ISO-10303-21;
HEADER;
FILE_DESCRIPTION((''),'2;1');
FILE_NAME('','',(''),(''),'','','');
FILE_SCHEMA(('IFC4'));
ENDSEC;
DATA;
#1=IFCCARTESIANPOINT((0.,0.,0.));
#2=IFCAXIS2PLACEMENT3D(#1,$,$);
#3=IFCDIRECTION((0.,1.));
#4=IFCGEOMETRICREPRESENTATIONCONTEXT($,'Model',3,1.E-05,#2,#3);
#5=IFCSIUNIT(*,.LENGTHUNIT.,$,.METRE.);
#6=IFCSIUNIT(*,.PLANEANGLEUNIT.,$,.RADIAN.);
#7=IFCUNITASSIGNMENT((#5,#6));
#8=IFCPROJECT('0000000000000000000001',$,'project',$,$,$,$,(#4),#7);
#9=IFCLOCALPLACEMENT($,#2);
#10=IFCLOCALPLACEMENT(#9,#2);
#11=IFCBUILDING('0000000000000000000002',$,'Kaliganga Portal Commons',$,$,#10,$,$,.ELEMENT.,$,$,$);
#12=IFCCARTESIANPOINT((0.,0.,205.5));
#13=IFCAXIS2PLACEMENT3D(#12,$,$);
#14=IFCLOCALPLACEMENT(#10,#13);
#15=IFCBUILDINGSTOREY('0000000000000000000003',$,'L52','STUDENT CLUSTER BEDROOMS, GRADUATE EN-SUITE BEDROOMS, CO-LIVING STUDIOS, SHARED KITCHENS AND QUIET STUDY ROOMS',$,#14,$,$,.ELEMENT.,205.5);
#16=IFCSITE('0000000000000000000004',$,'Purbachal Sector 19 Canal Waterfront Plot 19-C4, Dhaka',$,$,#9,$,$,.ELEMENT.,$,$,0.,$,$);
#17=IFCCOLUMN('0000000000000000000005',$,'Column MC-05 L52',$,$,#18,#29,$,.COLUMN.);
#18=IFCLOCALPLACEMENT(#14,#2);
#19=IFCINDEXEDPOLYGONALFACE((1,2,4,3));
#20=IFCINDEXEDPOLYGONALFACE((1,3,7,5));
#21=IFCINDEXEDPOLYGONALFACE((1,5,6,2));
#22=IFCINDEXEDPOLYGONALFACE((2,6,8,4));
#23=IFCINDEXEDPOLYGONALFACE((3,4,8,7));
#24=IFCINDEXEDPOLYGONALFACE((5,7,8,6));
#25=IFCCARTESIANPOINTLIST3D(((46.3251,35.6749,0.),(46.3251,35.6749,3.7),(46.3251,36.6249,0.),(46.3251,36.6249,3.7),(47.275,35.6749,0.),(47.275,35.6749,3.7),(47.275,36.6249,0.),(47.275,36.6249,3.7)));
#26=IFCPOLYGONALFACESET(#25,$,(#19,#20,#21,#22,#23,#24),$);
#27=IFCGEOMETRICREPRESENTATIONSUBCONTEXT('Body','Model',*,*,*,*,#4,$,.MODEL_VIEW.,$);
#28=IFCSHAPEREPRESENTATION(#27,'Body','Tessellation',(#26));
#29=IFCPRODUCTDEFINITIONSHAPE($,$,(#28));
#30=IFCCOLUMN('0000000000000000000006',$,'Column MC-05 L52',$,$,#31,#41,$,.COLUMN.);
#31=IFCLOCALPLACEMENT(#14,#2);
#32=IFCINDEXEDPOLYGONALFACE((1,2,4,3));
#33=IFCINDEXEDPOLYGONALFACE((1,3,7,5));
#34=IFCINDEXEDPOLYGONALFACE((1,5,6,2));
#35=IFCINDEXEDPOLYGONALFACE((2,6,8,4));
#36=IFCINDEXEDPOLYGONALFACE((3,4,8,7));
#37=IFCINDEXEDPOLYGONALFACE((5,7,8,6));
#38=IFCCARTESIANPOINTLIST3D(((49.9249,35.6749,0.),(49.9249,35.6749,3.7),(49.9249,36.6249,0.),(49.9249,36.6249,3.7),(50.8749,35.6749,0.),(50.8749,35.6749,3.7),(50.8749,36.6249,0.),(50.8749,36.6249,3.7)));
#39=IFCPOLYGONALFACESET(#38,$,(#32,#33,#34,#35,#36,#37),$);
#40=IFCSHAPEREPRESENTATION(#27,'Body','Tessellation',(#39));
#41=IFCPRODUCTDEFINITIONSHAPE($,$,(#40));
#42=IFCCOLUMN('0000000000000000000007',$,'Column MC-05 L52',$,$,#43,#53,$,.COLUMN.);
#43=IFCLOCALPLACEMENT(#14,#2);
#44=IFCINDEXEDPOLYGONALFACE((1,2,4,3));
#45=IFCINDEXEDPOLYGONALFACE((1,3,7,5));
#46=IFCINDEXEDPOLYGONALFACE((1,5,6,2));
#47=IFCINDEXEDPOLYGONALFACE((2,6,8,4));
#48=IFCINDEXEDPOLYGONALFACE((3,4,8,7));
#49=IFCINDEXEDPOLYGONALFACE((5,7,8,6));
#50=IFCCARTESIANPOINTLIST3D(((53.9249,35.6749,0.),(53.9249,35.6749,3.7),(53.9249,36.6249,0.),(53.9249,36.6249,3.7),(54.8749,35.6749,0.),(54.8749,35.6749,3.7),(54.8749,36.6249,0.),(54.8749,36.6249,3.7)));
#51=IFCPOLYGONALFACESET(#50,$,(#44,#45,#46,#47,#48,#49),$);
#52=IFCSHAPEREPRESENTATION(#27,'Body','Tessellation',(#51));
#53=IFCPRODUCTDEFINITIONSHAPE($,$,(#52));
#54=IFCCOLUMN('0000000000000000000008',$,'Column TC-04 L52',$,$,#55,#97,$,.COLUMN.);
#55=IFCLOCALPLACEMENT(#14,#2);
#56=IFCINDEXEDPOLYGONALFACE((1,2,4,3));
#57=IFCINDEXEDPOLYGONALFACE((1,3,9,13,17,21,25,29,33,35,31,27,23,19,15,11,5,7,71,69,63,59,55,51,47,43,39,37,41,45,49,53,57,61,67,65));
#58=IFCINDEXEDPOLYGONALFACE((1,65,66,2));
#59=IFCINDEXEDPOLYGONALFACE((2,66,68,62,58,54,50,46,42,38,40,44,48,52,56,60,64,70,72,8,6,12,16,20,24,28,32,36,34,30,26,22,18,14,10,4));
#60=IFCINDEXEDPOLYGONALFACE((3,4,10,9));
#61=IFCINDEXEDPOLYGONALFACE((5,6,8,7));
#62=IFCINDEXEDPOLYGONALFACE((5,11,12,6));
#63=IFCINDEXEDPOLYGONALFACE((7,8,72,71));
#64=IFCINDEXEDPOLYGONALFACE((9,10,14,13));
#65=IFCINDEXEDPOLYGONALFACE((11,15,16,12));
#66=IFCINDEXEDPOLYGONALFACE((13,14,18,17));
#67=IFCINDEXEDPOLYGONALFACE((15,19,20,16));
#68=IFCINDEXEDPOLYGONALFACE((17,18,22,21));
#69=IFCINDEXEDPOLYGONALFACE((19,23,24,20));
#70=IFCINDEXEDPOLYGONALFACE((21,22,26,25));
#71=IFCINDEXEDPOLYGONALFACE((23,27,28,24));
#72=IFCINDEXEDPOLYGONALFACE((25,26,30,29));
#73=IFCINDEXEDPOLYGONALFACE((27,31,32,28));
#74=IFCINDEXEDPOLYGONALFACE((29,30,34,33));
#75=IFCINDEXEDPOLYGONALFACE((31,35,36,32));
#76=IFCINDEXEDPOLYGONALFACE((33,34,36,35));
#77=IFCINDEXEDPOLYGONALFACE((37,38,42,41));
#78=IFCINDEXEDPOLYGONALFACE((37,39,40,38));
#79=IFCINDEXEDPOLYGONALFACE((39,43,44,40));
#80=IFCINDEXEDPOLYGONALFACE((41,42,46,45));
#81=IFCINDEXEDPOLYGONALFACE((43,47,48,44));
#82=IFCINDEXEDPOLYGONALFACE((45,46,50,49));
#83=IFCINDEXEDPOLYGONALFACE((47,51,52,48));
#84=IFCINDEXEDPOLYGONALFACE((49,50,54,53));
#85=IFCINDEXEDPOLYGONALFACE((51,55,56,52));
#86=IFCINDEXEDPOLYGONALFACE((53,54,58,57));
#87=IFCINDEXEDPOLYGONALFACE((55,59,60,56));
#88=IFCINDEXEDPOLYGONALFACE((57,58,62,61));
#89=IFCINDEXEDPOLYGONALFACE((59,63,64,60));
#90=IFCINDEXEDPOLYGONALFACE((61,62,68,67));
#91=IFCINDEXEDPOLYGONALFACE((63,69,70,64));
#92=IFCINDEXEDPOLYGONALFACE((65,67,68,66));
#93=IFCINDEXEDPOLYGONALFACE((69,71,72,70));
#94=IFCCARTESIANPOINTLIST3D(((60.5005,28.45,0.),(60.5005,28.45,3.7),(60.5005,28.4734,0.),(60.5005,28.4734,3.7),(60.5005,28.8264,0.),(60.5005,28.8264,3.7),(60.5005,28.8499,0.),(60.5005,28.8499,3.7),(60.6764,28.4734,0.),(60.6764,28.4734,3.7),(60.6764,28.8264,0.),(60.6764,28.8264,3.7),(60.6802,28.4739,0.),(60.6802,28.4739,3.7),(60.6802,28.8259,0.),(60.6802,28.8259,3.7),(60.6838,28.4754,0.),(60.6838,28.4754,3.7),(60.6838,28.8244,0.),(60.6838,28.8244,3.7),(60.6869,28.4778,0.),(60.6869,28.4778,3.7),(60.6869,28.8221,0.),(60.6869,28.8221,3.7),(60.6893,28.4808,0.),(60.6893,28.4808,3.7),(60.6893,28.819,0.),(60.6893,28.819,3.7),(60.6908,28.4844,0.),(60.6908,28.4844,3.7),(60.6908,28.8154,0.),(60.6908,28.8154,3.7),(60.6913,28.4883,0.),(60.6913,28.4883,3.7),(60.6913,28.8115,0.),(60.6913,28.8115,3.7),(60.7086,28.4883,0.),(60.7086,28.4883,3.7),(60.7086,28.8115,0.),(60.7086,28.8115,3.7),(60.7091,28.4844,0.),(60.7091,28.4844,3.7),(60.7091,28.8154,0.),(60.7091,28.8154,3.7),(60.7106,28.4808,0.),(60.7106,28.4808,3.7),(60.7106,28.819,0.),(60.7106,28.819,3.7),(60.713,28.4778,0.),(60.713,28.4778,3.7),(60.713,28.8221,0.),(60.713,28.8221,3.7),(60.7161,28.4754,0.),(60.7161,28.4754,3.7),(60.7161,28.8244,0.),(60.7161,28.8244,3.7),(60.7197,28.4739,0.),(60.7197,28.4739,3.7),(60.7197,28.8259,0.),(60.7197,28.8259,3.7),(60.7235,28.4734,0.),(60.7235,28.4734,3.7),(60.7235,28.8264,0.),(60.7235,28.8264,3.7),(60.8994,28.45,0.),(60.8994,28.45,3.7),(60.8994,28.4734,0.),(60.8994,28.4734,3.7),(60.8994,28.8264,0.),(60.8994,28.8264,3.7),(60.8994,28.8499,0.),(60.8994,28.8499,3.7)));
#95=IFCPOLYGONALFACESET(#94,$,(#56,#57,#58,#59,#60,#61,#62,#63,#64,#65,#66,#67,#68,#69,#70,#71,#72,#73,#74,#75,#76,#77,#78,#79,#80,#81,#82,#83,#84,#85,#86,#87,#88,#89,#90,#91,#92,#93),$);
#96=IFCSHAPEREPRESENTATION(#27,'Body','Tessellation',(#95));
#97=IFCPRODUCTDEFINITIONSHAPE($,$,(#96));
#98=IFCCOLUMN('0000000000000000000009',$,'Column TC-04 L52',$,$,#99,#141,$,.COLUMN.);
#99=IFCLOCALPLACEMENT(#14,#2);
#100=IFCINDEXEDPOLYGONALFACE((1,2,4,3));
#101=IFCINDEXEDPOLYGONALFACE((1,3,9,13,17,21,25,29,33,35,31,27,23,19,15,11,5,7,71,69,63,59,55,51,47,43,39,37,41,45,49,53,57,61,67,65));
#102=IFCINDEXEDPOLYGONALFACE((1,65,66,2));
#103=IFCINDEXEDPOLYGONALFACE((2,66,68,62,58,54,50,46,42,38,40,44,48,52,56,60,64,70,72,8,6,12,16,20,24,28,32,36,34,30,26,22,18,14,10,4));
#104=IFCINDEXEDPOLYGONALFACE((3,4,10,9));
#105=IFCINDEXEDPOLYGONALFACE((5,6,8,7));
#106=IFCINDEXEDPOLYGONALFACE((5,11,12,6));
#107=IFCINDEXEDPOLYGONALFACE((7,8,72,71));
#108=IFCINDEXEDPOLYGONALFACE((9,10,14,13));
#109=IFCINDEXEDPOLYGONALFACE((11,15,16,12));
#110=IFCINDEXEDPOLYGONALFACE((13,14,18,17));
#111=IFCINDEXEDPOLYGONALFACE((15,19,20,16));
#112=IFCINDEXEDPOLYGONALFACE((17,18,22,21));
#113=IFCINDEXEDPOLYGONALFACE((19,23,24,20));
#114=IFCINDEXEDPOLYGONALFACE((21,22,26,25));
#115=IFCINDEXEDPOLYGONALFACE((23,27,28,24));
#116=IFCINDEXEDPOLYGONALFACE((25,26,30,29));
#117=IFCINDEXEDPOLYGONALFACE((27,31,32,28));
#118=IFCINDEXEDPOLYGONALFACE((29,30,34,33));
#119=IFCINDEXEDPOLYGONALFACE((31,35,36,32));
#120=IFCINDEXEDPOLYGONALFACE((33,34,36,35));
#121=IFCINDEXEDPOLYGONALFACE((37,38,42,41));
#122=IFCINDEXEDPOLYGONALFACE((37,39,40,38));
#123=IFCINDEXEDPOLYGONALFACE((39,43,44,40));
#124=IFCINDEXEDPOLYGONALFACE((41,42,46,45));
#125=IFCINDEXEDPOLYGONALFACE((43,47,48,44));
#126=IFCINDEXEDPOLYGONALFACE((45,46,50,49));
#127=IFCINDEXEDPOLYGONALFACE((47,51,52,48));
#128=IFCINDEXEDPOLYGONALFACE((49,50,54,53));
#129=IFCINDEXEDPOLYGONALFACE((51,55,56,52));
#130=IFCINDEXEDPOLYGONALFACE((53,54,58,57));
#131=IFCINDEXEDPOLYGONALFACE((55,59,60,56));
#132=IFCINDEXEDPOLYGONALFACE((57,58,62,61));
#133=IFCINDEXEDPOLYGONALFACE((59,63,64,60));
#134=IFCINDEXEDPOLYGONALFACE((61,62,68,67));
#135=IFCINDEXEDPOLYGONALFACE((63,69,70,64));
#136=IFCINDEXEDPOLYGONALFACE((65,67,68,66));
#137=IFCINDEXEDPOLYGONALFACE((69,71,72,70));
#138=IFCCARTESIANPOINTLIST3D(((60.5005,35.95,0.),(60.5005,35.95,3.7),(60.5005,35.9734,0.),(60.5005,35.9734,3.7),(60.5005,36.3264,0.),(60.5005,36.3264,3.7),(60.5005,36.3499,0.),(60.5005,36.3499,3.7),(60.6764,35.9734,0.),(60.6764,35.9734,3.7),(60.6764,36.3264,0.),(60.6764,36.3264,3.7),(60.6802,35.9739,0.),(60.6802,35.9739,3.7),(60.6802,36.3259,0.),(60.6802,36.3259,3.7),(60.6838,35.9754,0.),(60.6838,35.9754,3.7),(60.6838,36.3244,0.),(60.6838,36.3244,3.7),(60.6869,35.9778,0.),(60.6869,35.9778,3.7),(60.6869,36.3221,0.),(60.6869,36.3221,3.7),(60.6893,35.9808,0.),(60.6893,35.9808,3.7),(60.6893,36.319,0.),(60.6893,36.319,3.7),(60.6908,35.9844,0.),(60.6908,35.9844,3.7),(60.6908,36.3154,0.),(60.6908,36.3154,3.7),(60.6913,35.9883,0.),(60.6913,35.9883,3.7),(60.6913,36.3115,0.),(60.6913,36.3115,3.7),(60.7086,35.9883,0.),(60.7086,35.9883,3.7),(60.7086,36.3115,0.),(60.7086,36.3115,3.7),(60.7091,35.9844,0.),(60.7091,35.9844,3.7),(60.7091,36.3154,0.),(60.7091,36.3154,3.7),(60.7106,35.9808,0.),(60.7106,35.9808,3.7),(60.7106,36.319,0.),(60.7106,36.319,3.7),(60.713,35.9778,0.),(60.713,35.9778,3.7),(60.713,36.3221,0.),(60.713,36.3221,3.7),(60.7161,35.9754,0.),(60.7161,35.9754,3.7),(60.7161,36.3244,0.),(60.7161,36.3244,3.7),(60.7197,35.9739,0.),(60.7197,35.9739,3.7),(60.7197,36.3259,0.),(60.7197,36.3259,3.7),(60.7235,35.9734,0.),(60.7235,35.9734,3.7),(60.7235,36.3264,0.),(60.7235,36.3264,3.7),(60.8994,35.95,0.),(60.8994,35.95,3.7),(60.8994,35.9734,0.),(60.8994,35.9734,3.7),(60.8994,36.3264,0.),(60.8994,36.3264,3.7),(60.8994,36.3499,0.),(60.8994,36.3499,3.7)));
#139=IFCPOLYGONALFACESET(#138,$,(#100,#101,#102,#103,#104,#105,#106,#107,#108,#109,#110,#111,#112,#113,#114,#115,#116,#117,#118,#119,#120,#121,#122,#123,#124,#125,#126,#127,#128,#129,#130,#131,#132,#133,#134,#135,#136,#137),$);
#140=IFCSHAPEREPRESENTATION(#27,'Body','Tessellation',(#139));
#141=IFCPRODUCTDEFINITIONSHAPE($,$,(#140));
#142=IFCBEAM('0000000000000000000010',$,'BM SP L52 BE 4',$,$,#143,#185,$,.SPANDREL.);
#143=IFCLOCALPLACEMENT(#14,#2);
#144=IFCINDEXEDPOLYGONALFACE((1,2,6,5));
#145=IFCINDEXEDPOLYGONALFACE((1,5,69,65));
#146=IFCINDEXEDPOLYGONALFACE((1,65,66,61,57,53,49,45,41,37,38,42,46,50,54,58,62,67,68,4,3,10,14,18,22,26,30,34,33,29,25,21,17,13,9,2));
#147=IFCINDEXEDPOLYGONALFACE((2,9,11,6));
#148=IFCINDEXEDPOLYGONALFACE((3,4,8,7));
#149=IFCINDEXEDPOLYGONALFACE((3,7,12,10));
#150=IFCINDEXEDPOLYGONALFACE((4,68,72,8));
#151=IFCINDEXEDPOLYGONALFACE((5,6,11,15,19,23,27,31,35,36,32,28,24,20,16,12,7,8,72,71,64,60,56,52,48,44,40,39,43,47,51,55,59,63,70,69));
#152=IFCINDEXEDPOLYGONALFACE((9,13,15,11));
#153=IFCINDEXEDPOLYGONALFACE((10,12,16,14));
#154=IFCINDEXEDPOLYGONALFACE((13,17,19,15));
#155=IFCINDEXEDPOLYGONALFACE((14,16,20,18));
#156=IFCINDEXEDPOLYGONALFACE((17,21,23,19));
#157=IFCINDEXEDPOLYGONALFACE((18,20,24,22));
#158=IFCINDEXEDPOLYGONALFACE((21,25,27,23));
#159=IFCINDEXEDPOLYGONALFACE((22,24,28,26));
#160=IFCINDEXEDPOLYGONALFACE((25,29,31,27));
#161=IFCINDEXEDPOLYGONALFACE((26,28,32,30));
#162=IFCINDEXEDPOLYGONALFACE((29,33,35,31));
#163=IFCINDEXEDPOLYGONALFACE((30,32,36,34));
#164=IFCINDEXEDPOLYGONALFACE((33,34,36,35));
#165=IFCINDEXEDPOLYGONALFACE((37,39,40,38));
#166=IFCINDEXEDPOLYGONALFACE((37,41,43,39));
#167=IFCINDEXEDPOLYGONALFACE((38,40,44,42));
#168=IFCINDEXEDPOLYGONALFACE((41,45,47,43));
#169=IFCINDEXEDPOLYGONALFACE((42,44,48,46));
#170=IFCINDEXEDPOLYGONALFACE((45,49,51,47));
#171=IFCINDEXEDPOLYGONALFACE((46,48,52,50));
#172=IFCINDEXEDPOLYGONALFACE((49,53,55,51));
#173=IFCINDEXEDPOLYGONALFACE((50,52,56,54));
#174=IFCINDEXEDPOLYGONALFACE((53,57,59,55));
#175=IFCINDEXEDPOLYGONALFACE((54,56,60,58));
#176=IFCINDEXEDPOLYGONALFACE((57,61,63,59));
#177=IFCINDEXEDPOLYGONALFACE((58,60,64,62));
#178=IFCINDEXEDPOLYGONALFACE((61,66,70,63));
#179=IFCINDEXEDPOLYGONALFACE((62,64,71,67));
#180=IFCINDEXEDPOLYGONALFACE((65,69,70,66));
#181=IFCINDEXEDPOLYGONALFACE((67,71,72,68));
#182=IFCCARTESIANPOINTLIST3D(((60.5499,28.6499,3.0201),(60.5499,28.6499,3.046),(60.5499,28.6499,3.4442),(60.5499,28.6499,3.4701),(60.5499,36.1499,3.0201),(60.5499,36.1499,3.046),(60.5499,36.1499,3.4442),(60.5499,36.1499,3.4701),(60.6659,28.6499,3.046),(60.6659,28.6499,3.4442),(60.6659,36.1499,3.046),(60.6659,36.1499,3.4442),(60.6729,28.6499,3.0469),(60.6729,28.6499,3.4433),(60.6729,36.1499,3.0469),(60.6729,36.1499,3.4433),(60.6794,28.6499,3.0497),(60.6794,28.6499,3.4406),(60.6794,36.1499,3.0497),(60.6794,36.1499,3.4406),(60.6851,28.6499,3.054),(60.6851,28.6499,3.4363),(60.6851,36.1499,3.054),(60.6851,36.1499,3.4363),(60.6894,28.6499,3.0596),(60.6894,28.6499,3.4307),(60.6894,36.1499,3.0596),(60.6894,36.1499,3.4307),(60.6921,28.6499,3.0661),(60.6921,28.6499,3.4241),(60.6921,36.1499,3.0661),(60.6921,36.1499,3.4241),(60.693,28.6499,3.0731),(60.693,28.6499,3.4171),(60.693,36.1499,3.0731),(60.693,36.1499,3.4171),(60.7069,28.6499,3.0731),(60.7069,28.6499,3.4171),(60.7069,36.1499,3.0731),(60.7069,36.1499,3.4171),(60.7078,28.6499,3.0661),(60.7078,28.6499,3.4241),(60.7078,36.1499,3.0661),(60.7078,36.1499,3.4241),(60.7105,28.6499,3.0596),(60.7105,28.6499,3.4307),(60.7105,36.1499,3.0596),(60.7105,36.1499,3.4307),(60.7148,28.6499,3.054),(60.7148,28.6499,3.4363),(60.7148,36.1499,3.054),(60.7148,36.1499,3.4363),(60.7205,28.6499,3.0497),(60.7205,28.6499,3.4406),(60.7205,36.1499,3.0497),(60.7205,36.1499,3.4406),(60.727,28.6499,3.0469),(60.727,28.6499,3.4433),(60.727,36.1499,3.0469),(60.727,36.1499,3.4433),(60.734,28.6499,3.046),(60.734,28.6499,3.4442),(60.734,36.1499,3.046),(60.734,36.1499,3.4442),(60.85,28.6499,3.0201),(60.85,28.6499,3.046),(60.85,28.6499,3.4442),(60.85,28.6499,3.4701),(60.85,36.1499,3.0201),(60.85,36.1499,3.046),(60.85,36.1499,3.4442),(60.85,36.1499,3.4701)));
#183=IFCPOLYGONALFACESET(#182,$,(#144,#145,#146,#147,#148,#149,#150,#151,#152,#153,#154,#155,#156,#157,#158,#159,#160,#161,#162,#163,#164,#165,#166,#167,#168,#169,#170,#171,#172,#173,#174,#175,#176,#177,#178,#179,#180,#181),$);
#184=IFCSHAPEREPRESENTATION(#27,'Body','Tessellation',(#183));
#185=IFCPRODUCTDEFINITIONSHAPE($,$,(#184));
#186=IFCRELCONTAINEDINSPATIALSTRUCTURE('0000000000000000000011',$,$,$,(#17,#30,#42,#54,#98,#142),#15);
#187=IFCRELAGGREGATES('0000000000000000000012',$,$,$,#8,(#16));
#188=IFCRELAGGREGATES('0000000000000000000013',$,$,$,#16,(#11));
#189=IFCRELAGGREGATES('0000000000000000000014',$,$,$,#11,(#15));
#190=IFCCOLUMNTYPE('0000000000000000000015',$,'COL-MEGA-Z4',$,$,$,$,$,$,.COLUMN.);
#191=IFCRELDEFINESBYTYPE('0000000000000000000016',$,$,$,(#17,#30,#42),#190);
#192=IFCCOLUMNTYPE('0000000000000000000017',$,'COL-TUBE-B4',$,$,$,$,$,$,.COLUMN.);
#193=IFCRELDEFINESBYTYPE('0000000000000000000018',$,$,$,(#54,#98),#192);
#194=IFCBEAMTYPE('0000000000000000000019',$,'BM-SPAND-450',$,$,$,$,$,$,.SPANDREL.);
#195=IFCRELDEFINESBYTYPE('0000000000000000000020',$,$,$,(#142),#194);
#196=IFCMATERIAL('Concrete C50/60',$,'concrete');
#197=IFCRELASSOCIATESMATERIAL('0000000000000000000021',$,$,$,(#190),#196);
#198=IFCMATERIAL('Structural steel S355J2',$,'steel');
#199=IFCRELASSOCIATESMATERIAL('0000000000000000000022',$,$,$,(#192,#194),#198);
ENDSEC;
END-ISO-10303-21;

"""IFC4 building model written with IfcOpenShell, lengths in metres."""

from ifc_helpers import new_model, si_unit, direction, frame, origin, origin_2d, place, context, subcontext, project, spatial, rectangle, i_section, extrude, source, transform, mapped, material, material_profile, profile_set, type_object, element, save


model = new_model("IFC4")

# Units and contexts
model_context = context("Model", 3, precision=1e-05, world=origin(), true_north=direction((0.0, 1.0)))
body_context = subcontext(model_context, "Body", "Model", "MODEL_VIEW")
ifc_project = project(units=[si_unit("LENGTHUNIT", "METRE"), si_unit("PLANEANGLEUNIT", "RADIAN")], contexts=[model_context])

# Site, building, storey
site_placement = place(None, origin())
site = spatial("IfcSite", under=ifc_project, at=site_placement, Name="Purbachal Sector 19 Canal Waterfront Plot 19-C4, Dhaka", CompositionType="ELEMENT", RefElevation=0.0)
building_placement = place(site_placement, origin())
building = spatial("IfcBuilding", under=site, at=building_placement, Name="Kaliganga Portal Commons", CompositionType="ELEMENT")
storey_placement = place(building_placement, frame((0.0, 0.0, 205.5)))
storey = spatial("IfcBuildingStorey", under=building, at=storey_placement, Name="L52", Description="STUDENT CLUSTER BEDROOMS, GRADUATE EN-SUITE BEDROOMS, CO-LIVING STUDIOS, SHARED KITCHENS AND QUIET STUDY ROOMS", CompositionType="ELEMENT", Elevation=205.5)

# Columns
ifc_material_1 = material(Name="Concrete C50/60", Category="concrete")
ifc_material_profile_1 = material_profile(ifc_material_1, rectangle(XDim=0.95, YDim=0.95, at=origin_2d()), Name="RC 950x950")
ifc_profile_set_1 = profile_set([ifc_material_profile_1], Name="Concrete C50/60")
column_type_1 = type_object("IfcColumnType", Name="COL-MEGA-Z4", PredefinedType="COLUMN", material=ifc_profile_set_1)
shared_shape_1 = source(origin(), body_context, "Body", "SweptSolid", [
    extrude(rectangle(XDim=0.95, YDim=0.95, at=origin_2d()), origin(), (0.0, 0.0, 1.0), 3.7),
])
for number, where, z_axis, x_axis, name in (
    (1, (46.8, 36.1499, 0.0), (0.0, 0.0, 1.0), (1.0, 0.0, 0.0), "Column MC-05 L52"),
    (2, (50.3999, 36.1499, 0.0), (0.0, 0.0, 1.0), (1.0, 0.0, 0.0), "Column MC-05 L52"),
    (3, (54.3999, 36.1499, 0.0), (0.0, 0.0, 1.0), (1.0, 0.0, 0.0), "Column MC-05 L52"),
):
    element("IfcColumn", number, at=place(storey_placement, frame(where, z_axis=z_axis, x_axis=x_axis)), inside=storey, type_object=column_type_1, Name=name, PredefinedType="COLUMN", context=body_context, shape_type="MappedRepresentation", body=[
        mapped(shared_shape_1, transform((0.0, 0.0, 0.0), x_axis=(1.0, 0.0, 0.0), y_axis=(0.0, 1.0, 0.0), z_axis=(0.0, 0.0, 1.0), scale=1.0)),
    ])
ifc_material_2 = material(Name="Structural steel S355J2", Category="steel")
ifc_material_profile_2 = material_profile(ifc_material_2, i_section(OverallWidth=0.3989, OverallDepth=0.3999, WebThickness=0.0173, FlangeThickness=0.0234, FilletRadius=0.0149, at=origin_2d()), Name="HD 400x287")
ifc_profile_set_2 = profile_set([ifc_material_profile_2], Name="Structural steel S355J2 wide-flange")
column_type_2 = type_object("IfcColumnType", Name="COL-TUBE-B4", PredefinedType="COLUMN", material=ifc_profile_set_2)
shared_shape_2 = source(origin(), body_context, "Body", "SweptSolid", [
    extrude(i_section(OverallWidth=0.3989, OverallDepth=0.3999, WebThickness=0.0173, FlangeThickness=0.0234, FilletRadius=0.0149, at=origin_2d()), origin(), (0.0, 0.0, 1.0), 3.7),
])
for number, where, z_axis, x_axis, name in (
    (4, (60.7, 28.6499, 0.0), (0.0, 0.0, 1.0), (1.0, 0.0, 0.0), "Column TC-04 L52"),
    (5, (60.7, 36.1499, 0.0), (0.0, 0.0, 1.0), (1.0, 0.0, 0.0), "Column TC-04 L52"),
):
    element("IfcColumn", number, at=place(storey_placement, frame(where, z_axis=z_axis, x_axis=x_axis)), inside=storey, type_object=column_type_2, Name=name, PredefinedType="COLUMN", context=body_context, shape_type="MappedRepresentation", body=[
        mapped(shared_shape_2, transform((0.0, 0.0, 0.0), x_axis=(1.0, 0.0, 0.0), y_axis=(0.0, 1.0, 0.0), z_axis=(0.0, 0.0, 1.0), scale=1.0)),
    ])

# Beam
ifc_material_profile_3 = material_profile(ifc_material_2, i_section(OverallWidth=0.3, OverallDepth=0.45, WebThickness=0.0139, FlangeThickness=0.0259, FilletRadius=0.0271, at=origin_2d()), Name="HE 450 B")
ifc_profile_set_3 = profile_set([ifc_material_profile_3], Name="Structural steel S355J2 wide-flange")
beam_type_1 = type_object("IfcBeamType", Name="BM-SPAND-450", PredefinedType="SPANDREL", material=ifc_profile_set_3)
shared_shape_3 = source(origin(), body_context, "Body", "SweptSolid", [
    extrude(i_section(OverallWidth=0.3, OverallDepth=0.45, WebThickness=0.0139, FlangeThickness=0.0259, FilletRadius=0.0271, at=origin_2d()), origin(), (0.0, 0.0, 1.0), 7.5),
])
beam_1_placement = place(storey_placement, frame((60.7, 28.6499, 3.2451), z_axis=(0.0, 1.0, 0.0), x_axis=(-1.0, 0.0, 0.0)))
element("IfcBeam", 6, at=beam_1_placement, inside=storey, type_object=beam_type_1, Name="BM SP L52 BE 4", PredefinedType="SPANDREL", context=body_context, shape_type="MappedRepresentation", body=[
    mapped(shared_shape_3, transform((0.0, 0.0, 0.0), x_axis=(1.0, 0.0, 0.0), y_axis=(0.0, 1.0, 0.0), z_axis=(0.0, 0.0, 1.0), scale=1.0)),
])

save(model, "model.ifc")
